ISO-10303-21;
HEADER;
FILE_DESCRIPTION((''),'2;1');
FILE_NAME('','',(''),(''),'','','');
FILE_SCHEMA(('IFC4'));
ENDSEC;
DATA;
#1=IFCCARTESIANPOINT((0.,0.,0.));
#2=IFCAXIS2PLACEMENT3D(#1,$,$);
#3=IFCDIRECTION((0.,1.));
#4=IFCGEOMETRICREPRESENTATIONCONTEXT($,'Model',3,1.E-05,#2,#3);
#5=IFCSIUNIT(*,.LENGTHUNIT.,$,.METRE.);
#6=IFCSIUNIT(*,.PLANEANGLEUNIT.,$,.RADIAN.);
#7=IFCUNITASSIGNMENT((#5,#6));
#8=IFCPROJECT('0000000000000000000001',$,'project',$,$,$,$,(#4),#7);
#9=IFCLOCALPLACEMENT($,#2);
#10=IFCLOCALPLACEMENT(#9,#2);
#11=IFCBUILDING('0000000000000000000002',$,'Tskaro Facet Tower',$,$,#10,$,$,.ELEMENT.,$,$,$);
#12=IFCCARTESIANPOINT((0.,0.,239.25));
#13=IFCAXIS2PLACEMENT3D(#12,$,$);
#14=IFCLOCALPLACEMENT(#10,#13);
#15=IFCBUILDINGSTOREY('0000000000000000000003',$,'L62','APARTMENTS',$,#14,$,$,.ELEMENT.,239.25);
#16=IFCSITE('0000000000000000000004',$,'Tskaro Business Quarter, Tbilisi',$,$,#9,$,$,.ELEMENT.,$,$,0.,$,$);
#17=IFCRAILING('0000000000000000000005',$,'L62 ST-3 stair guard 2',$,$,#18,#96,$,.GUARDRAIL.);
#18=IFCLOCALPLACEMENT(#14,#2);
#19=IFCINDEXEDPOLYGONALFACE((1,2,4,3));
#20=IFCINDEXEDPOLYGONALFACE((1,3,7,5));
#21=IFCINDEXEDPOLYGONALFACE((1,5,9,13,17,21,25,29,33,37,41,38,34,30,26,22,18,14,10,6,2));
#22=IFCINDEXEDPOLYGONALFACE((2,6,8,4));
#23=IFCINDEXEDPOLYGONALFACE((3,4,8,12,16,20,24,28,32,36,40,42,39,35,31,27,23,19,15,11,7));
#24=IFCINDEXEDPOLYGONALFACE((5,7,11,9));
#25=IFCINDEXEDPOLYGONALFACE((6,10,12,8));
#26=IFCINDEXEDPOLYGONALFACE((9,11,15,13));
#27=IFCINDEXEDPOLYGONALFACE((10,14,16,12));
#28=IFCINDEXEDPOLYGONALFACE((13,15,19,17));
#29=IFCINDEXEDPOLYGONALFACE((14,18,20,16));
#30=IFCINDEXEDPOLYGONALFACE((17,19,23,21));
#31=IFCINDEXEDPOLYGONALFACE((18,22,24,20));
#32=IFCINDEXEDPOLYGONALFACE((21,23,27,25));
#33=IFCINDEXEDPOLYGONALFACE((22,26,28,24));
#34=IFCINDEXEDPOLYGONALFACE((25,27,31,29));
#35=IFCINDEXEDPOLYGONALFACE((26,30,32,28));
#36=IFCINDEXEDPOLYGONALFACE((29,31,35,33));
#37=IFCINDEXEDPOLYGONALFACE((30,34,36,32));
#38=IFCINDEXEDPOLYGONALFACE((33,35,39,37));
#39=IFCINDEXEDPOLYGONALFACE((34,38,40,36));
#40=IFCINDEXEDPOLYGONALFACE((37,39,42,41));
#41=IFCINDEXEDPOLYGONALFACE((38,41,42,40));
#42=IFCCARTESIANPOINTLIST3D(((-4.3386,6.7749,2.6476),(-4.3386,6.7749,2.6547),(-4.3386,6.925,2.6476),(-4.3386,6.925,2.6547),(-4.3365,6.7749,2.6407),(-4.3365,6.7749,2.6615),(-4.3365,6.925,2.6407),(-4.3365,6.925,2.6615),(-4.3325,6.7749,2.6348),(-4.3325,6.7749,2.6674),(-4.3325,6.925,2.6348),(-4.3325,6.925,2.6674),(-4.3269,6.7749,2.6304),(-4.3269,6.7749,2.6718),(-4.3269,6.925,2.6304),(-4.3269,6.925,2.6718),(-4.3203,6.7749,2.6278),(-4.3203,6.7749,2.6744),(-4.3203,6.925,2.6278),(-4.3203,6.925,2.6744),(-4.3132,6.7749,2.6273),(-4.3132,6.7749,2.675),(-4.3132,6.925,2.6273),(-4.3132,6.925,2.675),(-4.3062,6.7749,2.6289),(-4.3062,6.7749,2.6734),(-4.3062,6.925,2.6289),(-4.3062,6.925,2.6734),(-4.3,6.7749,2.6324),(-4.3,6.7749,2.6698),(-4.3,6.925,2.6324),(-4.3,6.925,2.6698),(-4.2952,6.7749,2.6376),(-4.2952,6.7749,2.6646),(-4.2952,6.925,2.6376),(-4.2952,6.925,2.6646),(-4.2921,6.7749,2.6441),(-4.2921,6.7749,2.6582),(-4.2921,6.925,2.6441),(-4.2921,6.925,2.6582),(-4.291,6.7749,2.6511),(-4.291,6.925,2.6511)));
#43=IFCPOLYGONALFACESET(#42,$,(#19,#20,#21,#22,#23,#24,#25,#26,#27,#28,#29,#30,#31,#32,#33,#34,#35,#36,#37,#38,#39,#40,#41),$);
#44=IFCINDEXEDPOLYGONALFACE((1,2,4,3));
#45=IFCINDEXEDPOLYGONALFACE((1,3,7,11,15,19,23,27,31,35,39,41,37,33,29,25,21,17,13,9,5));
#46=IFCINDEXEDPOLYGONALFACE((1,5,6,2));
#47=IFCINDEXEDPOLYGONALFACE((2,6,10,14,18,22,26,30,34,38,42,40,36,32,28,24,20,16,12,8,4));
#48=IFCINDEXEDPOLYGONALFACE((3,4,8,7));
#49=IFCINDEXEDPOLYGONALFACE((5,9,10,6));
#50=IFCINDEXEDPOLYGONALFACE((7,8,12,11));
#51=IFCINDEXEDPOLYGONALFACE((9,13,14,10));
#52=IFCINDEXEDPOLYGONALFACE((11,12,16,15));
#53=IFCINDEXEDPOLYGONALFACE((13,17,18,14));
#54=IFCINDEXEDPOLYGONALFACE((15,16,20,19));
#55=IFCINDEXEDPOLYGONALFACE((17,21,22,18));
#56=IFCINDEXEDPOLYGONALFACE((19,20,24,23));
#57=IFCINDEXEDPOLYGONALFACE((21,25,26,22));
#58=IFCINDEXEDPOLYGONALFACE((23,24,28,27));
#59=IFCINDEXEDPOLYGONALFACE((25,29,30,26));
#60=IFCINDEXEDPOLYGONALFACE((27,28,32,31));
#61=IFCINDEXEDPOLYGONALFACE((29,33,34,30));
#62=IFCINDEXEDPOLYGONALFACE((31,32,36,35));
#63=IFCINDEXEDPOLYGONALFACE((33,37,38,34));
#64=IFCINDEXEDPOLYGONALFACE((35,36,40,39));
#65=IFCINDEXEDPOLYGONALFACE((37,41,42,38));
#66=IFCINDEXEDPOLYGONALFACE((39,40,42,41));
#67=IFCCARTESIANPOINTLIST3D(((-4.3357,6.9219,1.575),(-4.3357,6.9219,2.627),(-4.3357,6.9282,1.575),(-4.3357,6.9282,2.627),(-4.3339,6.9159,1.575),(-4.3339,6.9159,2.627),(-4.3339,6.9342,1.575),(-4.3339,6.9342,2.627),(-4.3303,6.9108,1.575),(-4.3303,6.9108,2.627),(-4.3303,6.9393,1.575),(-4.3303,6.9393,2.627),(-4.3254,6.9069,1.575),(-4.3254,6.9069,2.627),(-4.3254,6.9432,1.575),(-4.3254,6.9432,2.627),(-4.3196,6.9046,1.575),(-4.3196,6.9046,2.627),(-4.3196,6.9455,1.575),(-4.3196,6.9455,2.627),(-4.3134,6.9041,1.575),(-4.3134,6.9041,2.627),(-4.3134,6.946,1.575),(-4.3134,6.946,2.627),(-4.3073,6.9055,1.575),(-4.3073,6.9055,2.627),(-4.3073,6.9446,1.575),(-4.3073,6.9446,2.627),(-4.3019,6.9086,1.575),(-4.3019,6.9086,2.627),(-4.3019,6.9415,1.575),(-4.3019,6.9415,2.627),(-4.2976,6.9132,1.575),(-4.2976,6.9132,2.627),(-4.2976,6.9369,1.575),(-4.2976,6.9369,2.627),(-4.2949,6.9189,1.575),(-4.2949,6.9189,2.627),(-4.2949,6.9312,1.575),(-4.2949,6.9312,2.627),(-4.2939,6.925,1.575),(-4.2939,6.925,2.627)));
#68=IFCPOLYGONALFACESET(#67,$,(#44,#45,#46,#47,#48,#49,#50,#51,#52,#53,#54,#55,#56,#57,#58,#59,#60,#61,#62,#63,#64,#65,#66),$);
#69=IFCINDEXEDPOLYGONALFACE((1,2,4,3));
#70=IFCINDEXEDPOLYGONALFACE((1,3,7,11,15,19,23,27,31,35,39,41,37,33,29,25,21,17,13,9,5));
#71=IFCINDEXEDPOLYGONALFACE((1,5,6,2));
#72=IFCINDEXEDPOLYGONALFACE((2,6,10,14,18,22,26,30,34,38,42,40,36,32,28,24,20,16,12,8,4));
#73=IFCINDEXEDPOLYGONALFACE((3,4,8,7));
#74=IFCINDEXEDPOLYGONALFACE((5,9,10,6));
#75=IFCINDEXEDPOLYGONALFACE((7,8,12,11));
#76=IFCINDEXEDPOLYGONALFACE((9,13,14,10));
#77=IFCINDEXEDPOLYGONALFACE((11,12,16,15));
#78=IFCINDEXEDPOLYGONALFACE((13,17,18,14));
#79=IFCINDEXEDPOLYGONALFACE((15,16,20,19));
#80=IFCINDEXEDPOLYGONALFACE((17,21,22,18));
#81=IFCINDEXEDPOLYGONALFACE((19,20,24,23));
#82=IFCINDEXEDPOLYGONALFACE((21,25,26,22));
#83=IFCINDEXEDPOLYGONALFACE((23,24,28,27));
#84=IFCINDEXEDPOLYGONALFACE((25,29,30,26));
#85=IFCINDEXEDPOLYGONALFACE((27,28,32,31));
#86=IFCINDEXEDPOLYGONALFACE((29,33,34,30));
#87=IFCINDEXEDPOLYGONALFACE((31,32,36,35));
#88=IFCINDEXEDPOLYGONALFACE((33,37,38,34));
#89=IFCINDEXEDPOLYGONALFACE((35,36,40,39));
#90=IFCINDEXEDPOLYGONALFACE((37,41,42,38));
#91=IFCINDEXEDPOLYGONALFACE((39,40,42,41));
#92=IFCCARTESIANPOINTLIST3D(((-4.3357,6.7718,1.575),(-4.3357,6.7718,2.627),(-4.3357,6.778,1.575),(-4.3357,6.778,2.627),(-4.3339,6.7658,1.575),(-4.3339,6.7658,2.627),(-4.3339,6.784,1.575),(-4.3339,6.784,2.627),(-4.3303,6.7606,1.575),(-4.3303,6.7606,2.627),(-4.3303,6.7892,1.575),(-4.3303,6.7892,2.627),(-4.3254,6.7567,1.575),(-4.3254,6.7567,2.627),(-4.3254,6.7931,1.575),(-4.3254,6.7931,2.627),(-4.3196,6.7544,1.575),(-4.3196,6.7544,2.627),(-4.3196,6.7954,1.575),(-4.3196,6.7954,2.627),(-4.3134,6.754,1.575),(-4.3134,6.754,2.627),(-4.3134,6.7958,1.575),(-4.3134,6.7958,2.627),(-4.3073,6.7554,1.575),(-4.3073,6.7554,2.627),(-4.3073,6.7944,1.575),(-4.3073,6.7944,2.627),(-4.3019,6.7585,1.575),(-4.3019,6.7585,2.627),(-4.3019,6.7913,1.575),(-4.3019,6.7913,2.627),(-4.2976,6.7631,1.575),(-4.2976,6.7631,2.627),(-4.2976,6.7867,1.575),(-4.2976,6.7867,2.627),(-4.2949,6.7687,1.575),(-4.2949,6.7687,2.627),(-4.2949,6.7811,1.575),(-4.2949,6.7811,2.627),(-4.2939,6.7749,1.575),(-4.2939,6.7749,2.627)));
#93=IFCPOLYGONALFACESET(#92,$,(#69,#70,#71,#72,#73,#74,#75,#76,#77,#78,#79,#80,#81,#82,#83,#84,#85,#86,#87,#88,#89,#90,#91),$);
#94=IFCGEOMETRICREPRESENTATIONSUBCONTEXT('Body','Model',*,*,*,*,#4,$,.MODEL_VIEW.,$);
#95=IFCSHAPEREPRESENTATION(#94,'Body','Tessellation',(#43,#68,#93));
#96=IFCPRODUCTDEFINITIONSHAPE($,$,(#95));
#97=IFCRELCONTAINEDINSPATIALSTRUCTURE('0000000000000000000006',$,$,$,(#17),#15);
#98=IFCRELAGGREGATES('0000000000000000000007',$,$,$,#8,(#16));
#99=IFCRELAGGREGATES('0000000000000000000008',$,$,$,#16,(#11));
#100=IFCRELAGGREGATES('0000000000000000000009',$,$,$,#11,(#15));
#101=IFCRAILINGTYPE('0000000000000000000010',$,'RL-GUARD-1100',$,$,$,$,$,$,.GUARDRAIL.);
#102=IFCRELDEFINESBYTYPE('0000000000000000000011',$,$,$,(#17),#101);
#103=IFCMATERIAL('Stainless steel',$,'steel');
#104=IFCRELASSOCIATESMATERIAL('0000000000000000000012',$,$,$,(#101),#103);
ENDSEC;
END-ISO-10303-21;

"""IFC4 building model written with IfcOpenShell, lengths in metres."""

from ifc_helpers import new_model, si_unit, direction, frame, origin, origin_2d, place, context, subcontext, project, spatial, circle, extrude, material, type_object, element, save


model = new_model("IFC4")

# Units and contexts
model_context = context("Model", 3, precision=1e-05, world=origin(), true_north=direction((0.0, 1.0)))
body_context = subcontext(model_context, "Body", "Model", "MODEL_VIEW")
ifc_project = project(units=[si_unit("LENGTHUNIT", "METRE"), si_unit("PLANEANGLEUNIT", "RADIAN")], contexts=[model_context])

# Site, building, storey
site_placement = place(None, origin())
site = spatial("IfcSite", under=ifc_project, at=site_placement, Name="Tskaro Business Quarter, Tbilisi", CompositionType="ELEMENT", RefElevation=0.0)
building_placement = place(site_placement, origin())
building = spatial("IfcBuilding", under=site, at=building_placement, Name="Tskaro Facet Tower", CompositionType="ELEMENT")
storey_placement = place(building_placement, frame((0.0, 0.0, 239.25)))
storey = spatial("IfcBuildingStorey", under=building, at=storey_placement, Name="L62", Description="APARTMENTS", CompositionType="ELEMENT", Elevation=239.25)

# Railing
ifc_material_1 = material(Name="Stainless steel", Category="steel")
railing_type_1 = type_object("IfcRailingType", Name="RL-GUARD-1100", PredefinedType="GUARDRAIL", material=ifc_material_1)
railing_1_placement = place(storey_placement, frame((-4.3149, 6.925, 1.575)))
element("IfcRailing", 1, at=railing_1_placement, inside=storey, type_object=railing_type_1, Name="L62 ST-3 stair guard 2", PredefinedType="GUARDRAIL", context=body_context, shape_type="SweptSolid", body=[
    extrude(circle(Radius=0.0239, at=origin_2d()), frame((0.0, 0.0, 1.0762), z_axis=(0.0, -1.0, 0.0), x_axis=(1.0, 0.0, 0.0)), (0.0, 0.0, 1.0), 0.1501),
    extrude(circle(Radius=0.021, at=origin_2d()), origin(), (0.0, 0.0, 1.0), 1.052),
    extrude(circle(Radius=0.021, at=origin_2d()), frame((0.0, -0.1501, 0.0)), (0.0, 0.0, 1.0), 1.052),
])

save(model, "model.ifc")
